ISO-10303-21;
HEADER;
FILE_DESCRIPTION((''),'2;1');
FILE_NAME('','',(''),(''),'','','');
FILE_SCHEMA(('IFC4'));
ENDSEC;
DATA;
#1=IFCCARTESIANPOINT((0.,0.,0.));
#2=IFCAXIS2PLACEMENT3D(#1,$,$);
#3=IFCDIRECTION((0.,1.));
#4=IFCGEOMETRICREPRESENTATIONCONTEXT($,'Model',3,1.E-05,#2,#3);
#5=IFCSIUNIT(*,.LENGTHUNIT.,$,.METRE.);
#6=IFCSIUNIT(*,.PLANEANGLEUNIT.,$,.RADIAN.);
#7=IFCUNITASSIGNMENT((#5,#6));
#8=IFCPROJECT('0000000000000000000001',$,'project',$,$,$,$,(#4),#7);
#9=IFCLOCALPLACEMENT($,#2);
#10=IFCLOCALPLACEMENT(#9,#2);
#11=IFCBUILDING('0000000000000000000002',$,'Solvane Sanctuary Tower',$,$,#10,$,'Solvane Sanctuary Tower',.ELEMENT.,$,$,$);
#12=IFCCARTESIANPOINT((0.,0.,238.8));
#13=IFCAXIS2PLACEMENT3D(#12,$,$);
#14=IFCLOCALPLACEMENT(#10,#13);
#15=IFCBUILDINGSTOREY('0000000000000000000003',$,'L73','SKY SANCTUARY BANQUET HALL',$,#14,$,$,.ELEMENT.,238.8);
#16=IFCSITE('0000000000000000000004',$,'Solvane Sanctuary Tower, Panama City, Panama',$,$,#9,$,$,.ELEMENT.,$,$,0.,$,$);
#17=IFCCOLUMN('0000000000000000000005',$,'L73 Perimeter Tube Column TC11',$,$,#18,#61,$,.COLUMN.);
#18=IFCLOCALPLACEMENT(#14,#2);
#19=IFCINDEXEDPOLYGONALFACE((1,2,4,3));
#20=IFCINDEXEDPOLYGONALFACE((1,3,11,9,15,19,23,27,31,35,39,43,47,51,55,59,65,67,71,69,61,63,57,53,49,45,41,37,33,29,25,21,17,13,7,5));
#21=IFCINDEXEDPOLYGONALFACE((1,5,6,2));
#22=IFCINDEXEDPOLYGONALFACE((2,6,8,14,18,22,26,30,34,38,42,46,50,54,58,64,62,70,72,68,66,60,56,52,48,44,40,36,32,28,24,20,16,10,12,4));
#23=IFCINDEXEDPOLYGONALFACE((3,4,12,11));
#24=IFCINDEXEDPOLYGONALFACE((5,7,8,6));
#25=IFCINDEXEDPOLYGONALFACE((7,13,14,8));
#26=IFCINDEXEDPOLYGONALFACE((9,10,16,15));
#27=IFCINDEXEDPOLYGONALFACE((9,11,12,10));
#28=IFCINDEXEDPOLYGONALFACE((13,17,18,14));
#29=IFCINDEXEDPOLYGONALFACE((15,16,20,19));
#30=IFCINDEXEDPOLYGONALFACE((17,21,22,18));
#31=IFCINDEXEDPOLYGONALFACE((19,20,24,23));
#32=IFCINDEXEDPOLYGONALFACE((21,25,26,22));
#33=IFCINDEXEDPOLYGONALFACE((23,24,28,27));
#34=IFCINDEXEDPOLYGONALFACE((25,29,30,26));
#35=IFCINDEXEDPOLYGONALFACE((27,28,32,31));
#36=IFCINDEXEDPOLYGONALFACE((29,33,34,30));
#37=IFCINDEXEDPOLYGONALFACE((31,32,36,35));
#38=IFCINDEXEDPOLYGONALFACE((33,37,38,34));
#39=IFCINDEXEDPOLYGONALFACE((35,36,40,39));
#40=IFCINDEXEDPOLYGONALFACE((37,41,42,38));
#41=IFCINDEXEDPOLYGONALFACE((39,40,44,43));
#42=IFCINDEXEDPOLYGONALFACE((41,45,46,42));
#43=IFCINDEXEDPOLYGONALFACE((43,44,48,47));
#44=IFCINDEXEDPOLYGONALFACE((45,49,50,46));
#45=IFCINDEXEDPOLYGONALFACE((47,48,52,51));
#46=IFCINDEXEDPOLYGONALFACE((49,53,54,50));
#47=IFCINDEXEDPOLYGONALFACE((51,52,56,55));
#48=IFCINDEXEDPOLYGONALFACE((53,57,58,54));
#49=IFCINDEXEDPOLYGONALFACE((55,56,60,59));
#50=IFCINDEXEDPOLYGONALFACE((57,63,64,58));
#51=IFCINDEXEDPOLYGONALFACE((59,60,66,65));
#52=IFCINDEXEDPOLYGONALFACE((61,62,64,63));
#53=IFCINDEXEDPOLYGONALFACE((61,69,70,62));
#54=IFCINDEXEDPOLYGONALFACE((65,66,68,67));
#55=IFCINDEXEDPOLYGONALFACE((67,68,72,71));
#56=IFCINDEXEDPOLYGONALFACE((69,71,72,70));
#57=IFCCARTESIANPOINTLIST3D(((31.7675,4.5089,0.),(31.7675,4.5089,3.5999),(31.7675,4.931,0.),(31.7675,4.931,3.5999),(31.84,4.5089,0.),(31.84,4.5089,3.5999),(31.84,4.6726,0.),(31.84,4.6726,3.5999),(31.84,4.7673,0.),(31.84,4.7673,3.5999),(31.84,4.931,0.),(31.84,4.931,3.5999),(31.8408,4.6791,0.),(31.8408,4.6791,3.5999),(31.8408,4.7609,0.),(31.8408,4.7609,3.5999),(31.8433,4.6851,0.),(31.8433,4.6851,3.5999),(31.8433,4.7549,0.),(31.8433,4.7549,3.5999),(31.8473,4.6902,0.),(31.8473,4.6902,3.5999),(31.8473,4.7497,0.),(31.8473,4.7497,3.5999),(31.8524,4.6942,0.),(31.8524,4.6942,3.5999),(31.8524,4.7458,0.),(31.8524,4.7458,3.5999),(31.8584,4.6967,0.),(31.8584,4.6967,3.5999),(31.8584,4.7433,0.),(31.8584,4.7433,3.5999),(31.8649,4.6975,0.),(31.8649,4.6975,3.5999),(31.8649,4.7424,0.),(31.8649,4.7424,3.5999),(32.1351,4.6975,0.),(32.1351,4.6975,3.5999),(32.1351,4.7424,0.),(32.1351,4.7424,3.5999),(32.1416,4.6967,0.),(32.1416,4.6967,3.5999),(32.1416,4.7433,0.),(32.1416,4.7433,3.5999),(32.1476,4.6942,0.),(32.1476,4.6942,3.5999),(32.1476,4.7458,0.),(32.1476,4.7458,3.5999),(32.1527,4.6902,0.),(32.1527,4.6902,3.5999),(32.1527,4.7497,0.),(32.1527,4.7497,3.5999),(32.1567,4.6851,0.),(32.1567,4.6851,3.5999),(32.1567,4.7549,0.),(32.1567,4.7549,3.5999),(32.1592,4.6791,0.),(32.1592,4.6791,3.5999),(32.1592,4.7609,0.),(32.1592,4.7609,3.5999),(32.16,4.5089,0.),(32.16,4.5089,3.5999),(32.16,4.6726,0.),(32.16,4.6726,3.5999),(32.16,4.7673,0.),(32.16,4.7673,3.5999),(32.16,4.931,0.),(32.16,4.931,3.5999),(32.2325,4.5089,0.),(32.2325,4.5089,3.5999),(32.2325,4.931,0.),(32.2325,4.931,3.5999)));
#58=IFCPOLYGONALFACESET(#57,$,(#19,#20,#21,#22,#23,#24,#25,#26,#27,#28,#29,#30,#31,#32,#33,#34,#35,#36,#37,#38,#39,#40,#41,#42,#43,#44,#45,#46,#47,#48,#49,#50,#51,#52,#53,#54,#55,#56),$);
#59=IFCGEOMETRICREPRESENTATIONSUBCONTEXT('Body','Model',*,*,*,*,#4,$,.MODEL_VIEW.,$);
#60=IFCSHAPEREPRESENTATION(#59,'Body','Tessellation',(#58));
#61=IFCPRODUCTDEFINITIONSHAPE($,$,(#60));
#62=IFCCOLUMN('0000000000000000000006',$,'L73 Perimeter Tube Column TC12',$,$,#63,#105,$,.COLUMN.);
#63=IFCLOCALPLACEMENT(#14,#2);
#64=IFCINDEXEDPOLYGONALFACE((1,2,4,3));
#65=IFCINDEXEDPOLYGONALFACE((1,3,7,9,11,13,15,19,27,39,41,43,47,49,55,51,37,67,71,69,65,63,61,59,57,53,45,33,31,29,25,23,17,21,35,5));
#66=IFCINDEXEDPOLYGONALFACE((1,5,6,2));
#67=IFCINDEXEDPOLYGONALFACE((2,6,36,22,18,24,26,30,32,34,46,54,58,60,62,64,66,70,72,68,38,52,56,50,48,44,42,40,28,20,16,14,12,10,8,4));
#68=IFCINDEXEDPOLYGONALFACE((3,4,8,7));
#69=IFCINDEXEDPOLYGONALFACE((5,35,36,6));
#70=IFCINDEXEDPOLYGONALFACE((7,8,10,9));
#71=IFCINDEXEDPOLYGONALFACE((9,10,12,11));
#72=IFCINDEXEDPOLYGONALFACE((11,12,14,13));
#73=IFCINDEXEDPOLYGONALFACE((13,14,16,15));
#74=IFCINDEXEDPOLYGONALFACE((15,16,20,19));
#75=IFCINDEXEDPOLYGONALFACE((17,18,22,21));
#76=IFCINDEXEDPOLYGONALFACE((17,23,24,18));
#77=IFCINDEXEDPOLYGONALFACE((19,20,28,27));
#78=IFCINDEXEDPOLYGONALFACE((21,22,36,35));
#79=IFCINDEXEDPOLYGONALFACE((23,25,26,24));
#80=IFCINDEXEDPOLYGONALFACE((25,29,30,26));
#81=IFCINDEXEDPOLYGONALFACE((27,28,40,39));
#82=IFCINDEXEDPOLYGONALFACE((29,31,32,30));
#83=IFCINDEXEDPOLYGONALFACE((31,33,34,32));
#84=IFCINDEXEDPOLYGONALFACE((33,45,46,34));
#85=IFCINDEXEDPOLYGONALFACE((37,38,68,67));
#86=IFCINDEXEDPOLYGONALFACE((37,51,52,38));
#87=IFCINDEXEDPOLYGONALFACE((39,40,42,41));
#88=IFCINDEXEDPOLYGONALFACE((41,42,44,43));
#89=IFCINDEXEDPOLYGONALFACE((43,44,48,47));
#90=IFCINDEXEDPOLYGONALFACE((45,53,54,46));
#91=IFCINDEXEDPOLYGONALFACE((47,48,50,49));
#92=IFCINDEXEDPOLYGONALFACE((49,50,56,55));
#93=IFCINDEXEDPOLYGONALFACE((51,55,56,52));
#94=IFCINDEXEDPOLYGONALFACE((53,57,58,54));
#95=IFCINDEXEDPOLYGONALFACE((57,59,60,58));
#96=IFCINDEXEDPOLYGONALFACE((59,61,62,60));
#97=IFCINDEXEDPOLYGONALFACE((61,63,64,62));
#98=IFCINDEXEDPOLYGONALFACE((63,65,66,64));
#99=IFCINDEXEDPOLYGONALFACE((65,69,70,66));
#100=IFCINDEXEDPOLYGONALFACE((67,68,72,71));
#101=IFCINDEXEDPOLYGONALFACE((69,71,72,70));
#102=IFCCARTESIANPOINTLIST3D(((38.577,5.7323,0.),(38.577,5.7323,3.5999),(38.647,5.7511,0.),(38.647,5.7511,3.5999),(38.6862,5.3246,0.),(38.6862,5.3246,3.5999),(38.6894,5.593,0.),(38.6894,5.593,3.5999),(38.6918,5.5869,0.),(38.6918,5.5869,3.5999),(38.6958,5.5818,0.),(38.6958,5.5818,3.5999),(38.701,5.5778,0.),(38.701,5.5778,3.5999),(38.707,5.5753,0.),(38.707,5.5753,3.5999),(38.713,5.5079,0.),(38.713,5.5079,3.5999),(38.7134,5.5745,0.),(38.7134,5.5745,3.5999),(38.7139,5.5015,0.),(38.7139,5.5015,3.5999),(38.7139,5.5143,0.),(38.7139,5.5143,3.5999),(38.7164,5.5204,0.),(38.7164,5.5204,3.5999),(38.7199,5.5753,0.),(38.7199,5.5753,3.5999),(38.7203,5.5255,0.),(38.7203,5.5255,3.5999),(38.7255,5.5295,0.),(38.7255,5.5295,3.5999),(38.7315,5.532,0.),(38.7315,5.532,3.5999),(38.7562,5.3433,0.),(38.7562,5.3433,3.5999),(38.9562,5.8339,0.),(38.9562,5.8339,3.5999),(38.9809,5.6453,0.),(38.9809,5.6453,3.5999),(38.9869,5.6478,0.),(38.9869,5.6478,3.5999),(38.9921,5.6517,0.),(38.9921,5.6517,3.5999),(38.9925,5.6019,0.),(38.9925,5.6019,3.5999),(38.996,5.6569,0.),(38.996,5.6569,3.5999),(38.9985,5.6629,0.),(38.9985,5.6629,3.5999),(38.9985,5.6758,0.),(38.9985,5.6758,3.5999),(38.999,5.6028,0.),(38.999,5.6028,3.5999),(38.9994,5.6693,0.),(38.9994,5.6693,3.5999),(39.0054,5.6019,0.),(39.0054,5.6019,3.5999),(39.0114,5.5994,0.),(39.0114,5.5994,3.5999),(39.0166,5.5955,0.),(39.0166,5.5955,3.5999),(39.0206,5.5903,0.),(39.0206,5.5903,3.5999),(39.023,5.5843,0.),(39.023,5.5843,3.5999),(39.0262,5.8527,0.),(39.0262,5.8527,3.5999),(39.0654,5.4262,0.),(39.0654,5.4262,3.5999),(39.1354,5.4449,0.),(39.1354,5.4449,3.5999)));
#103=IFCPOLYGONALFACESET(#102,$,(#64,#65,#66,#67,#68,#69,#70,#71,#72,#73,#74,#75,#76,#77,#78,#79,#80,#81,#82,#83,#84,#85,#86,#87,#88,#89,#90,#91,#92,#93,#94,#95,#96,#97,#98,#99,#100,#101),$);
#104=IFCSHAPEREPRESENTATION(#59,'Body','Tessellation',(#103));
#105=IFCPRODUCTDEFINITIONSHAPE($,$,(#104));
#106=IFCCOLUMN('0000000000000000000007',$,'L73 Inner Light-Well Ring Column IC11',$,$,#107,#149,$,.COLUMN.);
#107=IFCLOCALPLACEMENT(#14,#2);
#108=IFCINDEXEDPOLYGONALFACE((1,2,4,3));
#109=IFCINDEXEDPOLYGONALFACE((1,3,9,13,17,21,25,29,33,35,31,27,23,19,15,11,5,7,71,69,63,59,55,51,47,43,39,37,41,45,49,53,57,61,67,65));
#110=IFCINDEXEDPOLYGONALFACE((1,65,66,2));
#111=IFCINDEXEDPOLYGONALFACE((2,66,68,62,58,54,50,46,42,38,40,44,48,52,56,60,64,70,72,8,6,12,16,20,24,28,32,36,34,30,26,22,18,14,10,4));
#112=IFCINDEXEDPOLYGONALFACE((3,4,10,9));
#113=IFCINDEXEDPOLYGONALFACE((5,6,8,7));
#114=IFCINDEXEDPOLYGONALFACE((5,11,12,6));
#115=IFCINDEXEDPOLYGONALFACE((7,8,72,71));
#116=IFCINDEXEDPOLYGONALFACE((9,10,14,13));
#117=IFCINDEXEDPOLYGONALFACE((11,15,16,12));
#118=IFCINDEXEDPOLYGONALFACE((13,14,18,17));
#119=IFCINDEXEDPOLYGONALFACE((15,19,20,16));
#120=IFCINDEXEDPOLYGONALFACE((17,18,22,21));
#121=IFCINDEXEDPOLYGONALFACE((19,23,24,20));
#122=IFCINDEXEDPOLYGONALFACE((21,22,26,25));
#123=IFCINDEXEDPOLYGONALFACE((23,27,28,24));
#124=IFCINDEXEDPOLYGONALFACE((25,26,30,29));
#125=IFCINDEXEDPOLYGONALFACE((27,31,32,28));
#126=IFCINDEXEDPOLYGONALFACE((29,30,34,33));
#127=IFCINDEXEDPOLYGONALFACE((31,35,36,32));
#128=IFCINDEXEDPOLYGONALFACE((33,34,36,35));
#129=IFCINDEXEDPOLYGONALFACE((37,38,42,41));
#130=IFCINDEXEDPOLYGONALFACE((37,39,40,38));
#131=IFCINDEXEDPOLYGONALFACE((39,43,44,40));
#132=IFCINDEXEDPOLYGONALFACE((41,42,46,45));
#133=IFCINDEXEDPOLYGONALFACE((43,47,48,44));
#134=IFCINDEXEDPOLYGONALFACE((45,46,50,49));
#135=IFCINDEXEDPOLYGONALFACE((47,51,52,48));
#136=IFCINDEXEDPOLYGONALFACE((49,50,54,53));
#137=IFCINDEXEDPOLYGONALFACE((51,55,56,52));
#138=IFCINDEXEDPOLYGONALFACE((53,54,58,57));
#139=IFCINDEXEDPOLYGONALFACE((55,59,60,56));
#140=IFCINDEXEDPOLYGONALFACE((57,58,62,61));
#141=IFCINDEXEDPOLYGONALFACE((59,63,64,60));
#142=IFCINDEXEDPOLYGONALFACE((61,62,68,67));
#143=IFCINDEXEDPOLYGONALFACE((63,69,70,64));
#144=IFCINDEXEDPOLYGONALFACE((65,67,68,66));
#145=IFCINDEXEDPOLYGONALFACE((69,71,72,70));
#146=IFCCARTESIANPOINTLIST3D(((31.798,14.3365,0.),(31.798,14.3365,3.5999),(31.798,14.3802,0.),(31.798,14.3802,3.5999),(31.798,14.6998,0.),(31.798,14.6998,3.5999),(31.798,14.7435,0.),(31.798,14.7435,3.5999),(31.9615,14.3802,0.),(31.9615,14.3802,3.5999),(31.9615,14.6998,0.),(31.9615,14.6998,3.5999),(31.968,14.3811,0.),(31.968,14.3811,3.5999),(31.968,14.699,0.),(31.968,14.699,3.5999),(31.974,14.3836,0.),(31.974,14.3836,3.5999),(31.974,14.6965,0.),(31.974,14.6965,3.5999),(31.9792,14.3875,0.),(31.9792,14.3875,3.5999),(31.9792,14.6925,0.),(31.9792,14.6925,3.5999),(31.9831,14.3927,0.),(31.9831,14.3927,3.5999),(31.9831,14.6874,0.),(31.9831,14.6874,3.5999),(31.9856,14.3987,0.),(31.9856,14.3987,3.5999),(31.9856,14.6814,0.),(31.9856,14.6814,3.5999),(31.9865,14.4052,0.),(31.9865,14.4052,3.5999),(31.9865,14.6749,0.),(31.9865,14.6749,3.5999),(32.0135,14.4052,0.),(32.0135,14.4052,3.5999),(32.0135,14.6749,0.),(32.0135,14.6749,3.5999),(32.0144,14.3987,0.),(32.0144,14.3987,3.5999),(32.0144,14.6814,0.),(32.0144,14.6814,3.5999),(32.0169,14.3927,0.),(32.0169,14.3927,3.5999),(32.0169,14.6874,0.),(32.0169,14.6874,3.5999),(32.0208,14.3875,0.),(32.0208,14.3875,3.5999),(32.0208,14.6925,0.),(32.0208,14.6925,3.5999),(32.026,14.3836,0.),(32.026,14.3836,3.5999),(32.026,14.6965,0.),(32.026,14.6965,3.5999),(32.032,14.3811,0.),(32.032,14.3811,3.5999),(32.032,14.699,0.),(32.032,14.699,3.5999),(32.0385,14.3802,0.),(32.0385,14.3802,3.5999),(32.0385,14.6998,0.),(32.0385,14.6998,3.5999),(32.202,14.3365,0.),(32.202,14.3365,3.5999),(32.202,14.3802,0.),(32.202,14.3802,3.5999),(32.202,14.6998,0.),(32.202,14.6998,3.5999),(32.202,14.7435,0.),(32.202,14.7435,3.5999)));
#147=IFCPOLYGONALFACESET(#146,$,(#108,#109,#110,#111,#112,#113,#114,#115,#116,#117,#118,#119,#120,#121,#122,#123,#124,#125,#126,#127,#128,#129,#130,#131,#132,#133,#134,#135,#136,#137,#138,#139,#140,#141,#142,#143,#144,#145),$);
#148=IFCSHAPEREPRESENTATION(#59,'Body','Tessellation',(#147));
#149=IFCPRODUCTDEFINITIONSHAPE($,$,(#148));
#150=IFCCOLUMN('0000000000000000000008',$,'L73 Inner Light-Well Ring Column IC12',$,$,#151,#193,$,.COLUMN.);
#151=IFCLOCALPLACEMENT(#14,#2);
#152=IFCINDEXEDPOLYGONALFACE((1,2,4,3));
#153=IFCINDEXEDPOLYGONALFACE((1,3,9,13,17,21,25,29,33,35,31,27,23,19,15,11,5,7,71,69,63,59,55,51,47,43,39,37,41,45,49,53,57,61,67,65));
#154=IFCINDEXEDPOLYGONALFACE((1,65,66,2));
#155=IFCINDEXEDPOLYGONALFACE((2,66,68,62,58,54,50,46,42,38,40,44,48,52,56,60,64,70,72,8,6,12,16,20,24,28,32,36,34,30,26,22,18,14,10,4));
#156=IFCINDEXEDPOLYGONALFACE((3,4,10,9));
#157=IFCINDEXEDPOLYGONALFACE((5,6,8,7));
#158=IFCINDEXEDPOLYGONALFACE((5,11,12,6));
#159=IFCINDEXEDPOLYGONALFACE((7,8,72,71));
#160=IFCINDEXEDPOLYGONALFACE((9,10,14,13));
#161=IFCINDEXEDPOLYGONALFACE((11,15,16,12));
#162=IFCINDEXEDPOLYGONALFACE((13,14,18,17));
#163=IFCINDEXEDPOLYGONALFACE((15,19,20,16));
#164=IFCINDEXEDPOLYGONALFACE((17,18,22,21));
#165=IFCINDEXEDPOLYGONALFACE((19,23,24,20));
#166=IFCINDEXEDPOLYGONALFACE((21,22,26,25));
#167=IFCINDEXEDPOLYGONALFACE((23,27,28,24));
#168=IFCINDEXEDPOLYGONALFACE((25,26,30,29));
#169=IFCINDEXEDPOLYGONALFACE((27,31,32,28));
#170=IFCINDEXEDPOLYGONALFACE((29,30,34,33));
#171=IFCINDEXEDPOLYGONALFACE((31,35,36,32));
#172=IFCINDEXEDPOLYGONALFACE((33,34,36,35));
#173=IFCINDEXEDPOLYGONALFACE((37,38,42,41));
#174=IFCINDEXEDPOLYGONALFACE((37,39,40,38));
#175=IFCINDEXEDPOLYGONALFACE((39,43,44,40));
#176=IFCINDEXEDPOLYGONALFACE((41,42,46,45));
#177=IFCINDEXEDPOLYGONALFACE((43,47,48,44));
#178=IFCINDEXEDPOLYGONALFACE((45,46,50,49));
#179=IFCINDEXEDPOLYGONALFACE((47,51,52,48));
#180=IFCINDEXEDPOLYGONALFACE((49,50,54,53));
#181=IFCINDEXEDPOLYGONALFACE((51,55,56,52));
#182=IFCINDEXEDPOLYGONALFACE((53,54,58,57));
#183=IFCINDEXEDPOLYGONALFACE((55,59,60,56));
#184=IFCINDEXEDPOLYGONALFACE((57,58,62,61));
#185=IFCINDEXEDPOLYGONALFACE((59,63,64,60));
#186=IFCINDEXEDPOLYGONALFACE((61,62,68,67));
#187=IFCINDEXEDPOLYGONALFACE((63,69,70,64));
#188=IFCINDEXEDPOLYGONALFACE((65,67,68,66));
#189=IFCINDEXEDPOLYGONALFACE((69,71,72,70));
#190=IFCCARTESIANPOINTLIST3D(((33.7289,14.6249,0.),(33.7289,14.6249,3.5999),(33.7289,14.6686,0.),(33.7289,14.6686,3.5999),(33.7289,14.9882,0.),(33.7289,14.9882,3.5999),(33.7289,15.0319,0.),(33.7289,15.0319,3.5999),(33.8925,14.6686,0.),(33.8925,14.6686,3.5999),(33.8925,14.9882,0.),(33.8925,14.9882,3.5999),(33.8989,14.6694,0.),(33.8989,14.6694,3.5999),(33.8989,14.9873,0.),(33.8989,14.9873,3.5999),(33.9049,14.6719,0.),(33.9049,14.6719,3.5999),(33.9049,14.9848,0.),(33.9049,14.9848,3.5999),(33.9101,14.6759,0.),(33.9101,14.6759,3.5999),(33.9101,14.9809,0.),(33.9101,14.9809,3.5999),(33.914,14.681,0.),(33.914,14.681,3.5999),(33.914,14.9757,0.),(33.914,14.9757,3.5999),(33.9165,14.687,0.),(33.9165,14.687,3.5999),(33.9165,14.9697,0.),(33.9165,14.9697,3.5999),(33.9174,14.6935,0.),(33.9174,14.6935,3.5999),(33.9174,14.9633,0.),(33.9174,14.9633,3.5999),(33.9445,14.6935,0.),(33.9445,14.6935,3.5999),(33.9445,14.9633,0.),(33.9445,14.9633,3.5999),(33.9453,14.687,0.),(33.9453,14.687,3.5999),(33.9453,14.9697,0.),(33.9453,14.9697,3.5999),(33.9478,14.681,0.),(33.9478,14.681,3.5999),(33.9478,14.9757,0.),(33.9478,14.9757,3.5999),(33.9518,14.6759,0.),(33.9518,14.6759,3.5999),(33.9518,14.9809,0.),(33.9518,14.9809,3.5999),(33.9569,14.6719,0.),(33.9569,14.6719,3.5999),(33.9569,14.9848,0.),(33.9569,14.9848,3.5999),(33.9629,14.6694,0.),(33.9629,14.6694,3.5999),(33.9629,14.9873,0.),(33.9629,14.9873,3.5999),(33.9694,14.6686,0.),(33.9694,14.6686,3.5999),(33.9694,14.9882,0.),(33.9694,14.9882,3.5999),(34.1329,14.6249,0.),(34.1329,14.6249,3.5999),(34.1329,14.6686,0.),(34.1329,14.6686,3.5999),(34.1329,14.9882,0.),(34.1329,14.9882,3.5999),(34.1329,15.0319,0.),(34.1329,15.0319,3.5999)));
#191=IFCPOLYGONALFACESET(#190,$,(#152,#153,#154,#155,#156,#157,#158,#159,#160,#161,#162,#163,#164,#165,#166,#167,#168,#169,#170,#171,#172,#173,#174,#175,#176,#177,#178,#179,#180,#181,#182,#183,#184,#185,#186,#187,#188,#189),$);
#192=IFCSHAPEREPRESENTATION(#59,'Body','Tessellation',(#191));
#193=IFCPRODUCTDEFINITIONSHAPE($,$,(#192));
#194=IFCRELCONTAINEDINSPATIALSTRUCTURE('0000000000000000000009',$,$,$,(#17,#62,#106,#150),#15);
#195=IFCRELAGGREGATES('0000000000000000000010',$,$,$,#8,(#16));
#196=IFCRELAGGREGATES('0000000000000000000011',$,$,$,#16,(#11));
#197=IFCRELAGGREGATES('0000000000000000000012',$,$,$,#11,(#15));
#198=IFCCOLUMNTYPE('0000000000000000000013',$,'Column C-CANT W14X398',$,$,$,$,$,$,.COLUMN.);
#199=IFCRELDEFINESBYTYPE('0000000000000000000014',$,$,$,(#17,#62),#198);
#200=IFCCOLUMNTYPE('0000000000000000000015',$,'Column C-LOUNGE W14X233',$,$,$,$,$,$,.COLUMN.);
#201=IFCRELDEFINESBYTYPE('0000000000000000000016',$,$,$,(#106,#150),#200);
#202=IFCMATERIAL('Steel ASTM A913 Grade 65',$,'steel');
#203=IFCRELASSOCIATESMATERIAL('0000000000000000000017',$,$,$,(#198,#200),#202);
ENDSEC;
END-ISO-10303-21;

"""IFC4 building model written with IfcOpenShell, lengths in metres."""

from ifc_helpers import new_model, si_unit, direction, frame, origin, origin_2d, place, context, subcontext, project, spatial, i_section, extrude, material, material_profile, profile_set, type_object, element, save


model = new_model("IFC4")

# Units and contexts
model_context = context("Model", 3, precision=1e-05, world=origin(), true_north=direction((0.0, 1.0)))
body_context = subcontext(model_context, "Body", "Model", "MODEL_VIEW")
ifc_project = project(units=[si_unit("LENGTHUNIT", "METRE"), si_unit("PLANEANGLEUNIT", "RADIAN")], contexts=[model_context])

# Site, building, storey
site_placement = place(None, origin())
site = spatial("IfcSite", under=ifc_project, at=site_placement, Name="Solvane Sanctuary Tower, Panama City, Panama", CompositionType="ELEMENT", RefElevation=0.0)
building_placement = place(site_placement, origin())
building = spatial("IfcBuilding", under=site, at=building_placement, Name="Solvane Sanctuary Tower", LongName="Solvane Sanctuary Tower", CompositionType="ELEMENT")
storey_placement = place(building_placement, frame((0.0, 0.0, 238.8)))
storey = spatial("IfcBuildingStorey", under=building, at=storey_placement, Name="L73", Description="SKY SANCTUARY BANQUET HALL", CompositionType="ELEMENT", Elevation=238.8)

# Columns
ifc_material_1 = material(Name="Steel ASTM A913 Grade 65", Category="steel")
ifc_material_profile_1 = material_profile(ifc_material_1, i_section(OverallWidth=0.4221, OverallDepth=0.4651, WebThickness=0.0449, FlangeThickness=0.0725, FilletRadius=0.0249, at=origin_2d()), Name="W14X398")
ifc_profile_set_1 = profile_set([ifc_material_profile_1], Name="Steel ASTM A913 Grade 65")
column_type_1 = type_object("IfcColumnType", Name="Column C-CANT W14X398", PredefinedType="COLUMN", material=ifc_profile_set_1)
for number, where, z_axis, x_axis, name in (
    (1, (32.0, 4.72, 0.0), (0.0, 0.0, 1.0), (0.0, -1.0, 0.0), "L73 Perimeter Tube Column TC11"),
    (2, (38.8562, 5.5886, 0.0), (0.0, 0.0, 1.0), (0.258819, -0.965926, 0.0), "L73 Perimeter Tube Column TC12"),
):
    element("IfcColumn", number, at=place(storey_placement, frame(where, z_axis=z_axis, x_axis=x_axis)), inside=storey, type_object=column_type_1, Name=name, PredefinedType="COLUMN", context=body_context, shape_type="SweptSolid", body=[
        extrude(i_section(OverallWidth=0.4221, OverallDepth=0.4651, WebThickness=0.0449, FlangeThickness=0.0725, FilletRadius=0.0249, at=origin_2d()), origin(), (0.0, 0.0, 1.0), 3.5999),
    ])
ifc_material_profile_2 = material_profile(ifc_material_1, i_section(OverallWidth=0.4041, OverallDepth=0.407, WebThickness=0.0271, FlangeThickness=0.0437, FilletRadius=0.0249, at=origin_2d()), Name="W14X233")
ifc_profile_set_2 = profile_set([ifc_material_profile_2], Name="Steel ASTM A913 Grade 65")
column_type_2 = type_object("IfcColumnType", Name="Column C-LOUNGE W14X233", PredefinedType="COLUMN", material=ifc_profile_set_2)
for number, where, z_axis, x_axis, name in (
    (3, (32.0, 14.54, 0.0), (0.0, 0.0, 1.0), (1.0, 0.0, 0.0), "L73 Inner Light-Well Ring Column IC11"),
    (4, (33.9309, 14.8284, 0.0), (0.0, 0.0, 1.0), (1.0, 0.0, 0.0), "L73 Inner Light-Well Ring Column IC12"),
):
    element("IfcColumn", number, at=place(storey_placement, frame(where, z_axis=z_axis, x_axis=x_axis)), inside=storey, type_object=column_type_2, Name=name, PredefinedType="COLUMN", context=body_context, shape_type="SweptSolid", body=[
        extrude(i_section(OverallWidth=0.4041, OverallDepth=0.407, WebThickness=0.0271, FlangeThickness=0.0437, FilletRadius=0.0249, at=origin_2d()), origin(), (0.0, 0.0, 1.0), 3.5999),
    ])

save(model, "model.ifc")
